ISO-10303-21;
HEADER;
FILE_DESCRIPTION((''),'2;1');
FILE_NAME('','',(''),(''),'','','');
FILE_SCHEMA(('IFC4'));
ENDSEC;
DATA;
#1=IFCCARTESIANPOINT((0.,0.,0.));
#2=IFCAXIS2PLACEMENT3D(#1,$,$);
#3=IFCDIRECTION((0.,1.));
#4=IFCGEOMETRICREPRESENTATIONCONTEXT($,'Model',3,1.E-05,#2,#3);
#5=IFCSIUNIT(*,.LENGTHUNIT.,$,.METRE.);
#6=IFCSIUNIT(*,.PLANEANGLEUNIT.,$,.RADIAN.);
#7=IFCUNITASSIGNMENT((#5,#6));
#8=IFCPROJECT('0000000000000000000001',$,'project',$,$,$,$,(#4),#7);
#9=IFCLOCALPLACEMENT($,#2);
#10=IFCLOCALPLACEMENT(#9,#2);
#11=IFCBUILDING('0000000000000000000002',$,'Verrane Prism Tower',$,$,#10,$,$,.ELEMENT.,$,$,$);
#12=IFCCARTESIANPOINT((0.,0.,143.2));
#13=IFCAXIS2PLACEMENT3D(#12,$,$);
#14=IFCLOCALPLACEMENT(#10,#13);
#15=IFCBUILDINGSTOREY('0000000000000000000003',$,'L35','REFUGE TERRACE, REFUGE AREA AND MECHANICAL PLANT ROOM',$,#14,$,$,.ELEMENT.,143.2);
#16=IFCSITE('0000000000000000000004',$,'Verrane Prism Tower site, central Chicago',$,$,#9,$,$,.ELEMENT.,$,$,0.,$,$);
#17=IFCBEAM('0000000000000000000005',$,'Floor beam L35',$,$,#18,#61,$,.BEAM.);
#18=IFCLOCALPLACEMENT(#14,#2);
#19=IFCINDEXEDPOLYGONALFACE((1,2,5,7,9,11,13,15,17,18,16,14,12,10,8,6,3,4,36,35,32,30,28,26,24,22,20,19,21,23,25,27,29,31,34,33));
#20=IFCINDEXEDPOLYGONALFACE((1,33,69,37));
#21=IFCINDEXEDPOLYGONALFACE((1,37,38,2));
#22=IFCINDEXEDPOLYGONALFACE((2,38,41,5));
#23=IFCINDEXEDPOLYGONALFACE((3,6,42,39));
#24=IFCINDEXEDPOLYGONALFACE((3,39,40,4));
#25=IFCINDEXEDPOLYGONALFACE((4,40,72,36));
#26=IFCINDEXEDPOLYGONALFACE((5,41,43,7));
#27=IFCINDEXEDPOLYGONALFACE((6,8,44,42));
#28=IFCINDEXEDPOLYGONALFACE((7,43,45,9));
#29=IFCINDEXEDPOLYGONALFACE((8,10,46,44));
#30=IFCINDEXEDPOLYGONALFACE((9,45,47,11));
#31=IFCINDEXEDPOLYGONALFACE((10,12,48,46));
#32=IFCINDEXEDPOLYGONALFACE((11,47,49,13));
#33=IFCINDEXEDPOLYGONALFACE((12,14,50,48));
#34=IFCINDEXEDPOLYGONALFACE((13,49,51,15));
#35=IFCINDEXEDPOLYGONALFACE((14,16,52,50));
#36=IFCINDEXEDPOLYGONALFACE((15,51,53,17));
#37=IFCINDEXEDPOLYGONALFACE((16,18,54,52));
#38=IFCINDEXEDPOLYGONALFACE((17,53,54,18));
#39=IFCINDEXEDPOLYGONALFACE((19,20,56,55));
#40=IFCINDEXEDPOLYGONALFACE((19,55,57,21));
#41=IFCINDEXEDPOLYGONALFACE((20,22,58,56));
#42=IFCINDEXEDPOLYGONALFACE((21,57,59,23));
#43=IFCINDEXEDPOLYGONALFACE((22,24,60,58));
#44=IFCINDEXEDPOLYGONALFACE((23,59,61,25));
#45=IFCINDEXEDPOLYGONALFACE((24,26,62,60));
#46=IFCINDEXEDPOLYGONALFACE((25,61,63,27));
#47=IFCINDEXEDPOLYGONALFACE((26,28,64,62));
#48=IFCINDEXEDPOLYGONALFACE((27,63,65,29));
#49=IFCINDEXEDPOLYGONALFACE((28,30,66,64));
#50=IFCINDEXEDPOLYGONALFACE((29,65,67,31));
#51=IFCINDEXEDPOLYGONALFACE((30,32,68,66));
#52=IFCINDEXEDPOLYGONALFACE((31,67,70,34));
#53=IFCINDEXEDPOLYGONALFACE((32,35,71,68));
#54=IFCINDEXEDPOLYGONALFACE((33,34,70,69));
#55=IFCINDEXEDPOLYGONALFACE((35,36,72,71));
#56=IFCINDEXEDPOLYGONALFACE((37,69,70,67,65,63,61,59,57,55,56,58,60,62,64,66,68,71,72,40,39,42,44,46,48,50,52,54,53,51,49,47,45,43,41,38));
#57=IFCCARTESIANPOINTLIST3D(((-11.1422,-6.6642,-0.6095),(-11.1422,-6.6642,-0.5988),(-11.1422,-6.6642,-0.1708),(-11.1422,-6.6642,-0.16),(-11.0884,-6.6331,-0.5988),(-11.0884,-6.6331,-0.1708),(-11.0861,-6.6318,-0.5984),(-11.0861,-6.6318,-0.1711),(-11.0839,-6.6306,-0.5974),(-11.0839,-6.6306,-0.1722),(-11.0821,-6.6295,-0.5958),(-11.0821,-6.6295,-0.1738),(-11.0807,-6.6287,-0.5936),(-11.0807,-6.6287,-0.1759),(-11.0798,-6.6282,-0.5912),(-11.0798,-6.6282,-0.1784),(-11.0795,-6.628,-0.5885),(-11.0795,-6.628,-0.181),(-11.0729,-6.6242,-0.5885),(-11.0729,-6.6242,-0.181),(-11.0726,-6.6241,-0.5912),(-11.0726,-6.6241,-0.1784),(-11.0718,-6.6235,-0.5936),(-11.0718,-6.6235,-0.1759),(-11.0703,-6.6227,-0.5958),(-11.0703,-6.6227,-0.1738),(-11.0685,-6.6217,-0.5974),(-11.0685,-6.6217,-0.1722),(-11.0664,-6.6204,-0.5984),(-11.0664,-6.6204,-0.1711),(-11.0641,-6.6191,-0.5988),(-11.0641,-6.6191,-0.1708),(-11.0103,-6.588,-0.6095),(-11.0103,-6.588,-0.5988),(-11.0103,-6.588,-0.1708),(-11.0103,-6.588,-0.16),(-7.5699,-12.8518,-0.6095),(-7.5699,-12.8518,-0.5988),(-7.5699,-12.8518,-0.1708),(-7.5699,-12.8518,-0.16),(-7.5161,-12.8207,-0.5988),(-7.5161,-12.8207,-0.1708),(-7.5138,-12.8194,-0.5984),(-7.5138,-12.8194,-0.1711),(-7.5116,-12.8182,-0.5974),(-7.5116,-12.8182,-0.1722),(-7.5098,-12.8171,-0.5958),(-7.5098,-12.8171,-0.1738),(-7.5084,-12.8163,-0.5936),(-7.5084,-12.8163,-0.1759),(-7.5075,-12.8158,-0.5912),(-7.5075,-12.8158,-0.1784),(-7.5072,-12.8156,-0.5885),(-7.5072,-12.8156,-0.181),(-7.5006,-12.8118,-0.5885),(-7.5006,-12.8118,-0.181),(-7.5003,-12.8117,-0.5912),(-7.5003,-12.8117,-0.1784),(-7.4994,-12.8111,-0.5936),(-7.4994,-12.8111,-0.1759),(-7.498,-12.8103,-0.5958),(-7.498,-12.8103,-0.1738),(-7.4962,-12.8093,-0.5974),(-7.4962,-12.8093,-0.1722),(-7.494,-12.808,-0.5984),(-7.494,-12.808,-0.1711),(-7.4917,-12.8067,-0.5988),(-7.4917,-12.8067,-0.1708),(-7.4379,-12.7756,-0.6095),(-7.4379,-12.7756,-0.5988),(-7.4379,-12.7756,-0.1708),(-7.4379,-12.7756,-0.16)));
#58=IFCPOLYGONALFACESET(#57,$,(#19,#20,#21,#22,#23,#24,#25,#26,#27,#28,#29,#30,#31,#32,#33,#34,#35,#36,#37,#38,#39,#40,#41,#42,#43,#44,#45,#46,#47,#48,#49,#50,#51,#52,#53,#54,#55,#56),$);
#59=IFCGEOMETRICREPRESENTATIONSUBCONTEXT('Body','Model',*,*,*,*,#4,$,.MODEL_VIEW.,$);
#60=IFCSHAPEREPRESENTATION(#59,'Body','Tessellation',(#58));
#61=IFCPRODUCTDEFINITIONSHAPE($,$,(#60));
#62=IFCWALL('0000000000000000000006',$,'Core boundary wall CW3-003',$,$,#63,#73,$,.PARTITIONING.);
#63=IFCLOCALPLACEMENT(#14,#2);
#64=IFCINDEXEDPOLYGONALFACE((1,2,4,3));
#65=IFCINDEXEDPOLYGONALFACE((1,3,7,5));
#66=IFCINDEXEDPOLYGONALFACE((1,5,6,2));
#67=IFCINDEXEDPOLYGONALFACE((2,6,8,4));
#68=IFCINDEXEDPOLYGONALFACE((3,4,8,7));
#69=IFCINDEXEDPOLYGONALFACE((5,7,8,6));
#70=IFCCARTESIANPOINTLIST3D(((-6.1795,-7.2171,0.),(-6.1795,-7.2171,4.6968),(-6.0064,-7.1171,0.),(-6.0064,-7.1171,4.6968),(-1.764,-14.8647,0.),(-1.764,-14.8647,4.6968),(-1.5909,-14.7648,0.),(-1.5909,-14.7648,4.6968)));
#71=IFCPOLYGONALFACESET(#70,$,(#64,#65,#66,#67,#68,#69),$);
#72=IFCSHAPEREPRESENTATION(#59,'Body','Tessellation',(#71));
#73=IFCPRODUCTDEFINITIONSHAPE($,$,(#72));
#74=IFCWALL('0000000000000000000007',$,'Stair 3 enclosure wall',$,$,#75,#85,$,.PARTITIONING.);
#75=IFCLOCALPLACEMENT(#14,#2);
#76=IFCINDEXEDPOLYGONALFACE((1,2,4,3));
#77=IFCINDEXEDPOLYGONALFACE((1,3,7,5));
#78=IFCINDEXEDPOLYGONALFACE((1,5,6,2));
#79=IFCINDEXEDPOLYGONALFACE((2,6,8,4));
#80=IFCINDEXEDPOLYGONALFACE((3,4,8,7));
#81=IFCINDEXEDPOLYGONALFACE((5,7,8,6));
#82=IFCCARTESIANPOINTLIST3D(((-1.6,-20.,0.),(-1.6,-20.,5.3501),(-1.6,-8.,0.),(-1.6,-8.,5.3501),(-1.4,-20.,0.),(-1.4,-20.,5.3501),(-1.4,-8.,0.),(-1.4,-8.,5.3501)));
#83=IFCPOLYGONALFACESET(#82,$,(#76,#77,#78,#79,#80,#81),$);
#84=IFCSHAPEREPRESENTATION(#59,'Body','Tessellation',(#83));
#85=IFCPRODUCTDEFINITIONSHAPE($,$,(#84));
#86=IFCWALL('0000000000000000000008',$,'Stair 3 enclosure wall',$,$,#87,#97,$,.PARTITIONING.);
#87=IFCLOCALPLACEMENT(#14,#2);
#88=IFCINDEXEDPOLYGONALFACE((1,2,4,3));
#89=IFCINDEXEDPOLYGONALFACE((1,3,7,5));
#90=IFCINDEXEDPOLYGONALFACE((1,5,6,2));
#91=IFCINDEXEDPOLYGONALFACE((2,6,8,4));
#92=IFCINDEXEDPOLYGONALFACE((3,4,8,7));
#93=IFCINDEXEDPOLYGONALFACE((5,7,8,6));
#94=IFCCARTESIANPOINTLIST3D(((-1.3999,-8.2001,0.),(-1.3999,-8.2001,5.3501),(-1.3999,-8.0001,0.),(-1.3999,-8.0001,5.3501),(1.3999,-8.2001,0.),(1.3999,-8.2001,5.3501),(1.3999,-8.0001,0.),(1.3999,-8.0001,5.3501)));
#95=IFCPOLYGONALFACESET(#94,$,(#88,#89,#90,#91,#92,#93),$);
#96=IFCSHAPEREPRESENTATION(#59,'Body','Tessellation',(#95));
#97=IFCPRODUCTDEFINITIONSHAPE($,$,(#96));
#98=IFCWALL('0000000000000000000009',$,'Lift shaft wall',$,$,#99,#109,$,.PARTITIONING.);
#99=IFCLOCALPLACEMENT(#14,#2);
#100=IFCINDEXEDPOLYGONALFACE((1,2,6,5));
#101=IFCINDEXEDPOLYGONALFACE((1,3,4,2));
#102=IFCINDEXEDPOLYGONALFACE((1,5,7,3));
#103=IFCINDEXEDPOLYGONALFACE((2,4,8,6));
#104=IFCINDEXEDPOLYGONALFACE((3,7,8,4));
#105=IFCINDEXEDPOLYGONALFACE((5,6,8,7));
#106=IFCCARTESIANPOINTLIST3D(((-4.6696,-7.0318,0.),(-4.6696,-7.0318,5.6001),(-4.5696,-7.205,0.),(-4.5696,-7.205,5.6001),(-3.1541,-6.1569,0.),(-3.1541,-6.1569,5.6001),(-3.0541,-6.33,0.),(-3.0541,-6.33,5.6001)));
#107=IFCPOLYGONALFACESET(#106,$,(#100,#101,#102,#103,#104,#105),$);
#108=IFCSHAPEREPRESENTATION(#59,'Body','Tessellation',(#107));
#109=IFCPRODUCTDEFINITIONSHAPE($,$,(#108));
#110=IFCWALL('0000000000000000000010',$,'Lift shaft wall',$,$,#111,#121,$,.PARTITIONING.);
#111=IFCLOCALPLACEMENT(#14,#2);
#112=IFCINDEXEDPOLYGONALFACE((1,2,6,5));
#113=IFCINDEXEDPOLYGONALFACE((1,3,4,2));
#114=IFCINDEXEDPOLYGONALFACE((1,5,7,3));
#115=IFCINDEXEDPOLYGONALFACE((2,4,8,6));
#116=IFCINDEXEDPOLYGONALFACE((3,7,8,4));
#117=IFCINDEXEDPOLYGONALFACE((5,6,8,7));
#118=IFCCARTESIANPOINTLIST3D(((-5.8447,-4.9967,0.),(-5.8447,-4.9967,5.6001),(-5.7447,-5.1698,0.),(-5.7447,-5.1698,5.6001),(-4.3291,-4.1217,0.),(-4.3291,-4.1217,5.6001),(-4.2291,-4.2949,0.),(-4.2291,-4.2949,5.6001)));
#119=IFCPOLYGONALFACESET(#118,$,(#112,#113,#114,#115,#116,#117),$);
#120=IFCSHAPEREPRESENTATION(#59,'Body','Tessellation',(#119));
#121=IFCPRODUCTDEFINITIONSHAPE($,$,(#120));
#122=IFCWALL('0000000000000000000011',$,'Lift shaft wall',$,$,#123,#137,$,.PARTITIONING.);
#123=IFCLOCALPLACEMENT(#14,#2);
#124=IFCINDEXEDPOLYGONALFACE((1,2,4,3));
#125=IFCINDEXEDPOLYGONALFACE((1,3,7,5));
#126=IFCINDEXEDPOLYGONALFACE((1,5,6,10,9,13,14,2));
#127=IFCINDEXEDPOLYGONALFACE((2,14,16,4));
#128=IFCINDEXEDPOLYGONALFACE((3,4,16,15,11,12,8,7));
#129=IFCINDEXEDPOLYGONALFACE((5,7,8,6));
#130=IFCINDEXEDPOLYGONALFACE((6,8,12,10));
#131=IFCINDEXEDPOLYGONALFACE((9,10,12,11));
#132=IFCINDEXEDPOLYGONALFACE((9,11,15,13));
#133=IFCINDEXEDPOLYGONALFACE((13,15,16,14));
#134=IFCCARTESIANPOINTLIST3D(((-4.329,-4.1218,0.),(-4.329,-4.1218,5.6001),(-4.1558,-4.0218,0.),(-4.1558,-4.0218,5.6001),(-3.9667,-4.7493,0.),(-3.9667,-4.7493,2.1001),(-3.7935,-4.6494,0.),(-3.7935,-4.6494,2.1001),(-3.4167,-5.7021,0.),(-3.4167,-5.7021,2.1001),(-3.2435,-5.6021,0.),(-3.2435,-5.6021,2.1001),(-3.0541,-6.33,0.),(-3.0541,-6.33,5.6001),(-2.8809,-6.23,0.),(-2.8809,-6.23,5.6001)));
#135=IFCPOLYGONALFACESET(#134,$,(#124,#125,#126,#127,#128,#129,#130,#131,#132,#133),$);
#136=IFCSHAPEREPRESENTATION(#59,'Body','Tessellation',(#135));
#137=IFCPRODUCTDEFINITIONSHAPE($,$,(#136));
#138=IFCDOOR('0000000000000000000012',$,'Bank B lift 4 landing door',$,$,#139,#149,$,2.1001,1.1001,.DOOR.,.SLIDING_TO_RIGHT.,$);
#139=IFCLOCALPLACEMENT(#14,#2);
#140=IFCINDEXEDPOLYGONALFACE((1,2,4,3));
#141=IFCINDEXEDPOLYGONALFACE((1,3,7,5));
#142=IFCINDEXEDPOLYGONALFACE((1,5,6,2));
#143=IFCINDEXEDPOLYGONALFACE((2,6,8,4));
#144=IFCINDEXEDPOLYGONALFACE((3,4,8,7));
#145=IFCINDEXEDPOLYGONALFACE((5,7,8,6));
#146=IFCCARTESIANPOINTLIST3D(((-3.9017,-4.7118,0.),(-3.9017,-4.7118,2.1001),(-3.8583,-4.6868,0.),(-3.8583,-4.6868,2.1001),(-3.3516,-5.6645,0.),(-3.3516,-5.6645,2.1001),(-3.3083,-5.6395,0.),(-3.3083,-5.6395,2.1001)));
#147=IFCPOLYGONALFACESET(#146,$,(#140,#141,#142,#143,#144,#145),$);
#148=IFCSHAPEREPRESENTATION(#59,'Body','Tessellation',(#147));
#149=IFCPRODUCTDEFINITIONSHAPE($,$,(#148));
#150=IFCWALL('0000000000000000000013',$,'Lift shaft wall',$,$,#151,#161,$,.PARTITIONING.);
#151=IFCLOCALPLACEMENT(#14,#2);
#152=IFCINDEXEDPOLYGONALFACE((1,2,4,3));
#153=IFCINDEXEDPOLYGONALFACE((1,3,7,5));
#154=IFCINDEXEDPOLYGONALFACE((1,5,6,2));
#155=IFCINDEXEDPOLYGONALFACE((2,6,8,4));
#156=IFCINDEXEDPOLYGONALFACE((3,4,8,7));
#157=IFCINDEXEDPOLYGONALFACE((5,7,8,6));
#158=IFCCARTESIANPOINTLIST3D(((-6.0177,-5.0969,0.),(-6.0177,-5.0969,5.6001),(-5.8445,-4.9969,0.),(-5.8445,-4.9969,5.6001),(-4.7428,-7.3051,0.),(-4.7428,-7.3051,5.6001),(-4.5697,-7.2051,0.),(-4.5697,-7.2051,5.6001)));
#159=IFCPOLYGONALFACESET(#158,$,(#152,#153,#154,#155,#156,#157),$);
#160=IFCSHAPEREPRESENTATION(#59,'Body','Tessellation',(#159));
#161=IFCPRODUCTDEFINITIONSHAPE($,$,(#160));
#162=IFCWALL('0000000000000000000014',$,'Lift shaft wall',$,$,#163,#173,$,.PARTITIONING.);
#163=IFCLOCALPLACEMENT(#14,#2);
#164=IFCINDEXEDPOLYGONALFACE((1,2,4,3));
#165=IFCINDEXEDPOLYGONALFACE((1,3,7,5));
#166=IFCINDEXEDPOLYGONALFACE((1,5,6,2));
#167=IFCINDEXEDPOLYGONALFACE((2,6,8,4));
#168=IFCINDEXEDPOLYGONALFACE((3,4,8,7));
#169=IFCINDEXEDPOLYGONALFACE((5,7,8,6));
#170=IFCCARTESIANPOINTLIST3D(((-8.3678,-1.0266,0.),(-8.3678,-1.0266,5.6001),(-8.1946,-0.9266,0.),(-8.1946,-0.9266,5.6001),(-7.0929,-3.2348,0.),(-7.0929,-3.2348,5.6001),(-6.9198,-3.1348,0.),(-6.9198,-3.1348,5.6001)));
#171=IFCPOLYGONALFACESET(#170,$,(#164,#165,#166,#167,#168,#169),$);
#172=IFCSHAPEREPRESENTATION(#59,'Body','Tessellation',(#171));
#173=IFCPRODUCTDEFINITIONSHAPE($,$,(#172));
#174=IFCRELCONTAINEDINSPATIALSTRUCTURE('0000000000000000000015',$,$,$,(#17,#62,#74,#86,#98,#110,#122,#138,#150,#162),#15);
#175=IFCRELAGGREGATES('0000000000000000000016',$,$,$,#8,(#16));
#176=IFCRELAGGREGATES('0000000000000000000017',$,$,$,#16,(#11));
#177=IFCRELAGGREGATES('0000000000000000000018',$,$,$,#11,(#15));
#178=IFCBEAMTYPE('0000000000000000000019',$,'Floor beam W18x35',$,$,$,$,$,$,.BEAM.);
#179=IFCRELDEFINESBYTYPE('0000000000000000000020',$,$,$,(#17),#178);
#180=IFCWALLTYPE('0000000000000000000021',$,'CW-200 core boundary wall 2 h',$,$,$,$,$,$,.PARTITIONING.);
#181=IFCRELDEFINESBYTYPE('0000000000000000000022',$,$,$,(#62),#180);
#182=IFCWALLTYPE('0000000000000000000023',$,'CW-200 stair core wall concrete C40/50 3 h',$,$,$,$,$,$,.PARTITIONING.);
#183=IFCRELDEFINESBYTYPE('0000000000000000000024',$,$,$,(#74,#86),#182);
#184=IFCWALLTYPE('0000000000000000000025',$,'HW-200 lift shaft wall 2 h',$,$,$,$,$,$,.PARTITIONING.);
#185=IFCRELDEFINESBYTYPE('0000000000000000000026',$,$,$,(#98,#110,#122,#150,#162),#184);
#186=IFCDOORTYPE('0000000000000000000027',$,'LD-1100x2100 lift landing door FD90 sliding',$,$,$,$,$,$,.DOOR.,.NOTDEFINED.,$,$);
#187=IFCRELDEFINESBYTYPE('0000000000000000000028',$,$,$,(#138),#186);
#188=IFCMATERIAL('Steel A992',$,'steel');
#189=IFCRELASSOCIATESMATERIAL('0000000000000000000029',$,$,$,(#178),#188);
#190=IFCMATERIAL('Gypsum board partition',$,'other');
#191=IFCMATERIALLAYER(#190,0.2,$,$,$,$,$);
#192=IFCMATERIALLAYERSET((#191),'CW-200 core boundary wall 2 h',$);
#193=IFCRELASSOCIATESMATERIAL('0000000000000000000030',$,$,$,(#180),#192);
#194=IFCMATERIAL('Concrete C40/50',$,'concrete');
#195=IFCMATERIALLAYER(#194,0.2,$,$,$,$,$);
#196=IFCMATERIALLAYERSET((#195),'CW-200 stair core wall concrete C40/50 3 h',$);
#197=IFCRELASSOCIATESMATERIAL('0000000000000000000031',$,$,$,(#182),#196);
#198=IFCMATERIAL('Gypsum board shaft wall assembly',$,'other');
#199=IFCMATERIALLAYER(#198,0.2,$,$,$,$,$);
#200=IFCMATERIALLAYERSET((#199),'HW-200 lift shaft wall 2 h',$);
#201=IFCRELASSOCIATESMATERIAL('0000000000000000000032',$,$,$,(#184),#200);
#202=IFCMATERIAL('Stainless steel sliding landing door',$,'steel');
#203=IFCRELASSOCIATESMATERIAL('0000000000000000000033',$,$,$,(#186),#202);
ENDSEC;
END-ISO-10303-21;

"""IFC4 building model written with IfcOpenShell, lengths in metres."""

from ifc_helpers import new_model, si_unit, direction, frame, frame_2d, origin, origin_2d, place, context, subcontext, project, spatial, rectangle, i_section, extrude, material, layer, layer_set, material_profile, profile_set, type_object, element, fill, save


model = new_model("IFC4")

# Units and contexts
model_context = context("Model", 3, precision=1e-05, world=origin(), true_north=direction((0.0, 1.0)))
body_context = subcontext(model_context, "Body", "Model", "MODEL_VIEW")
ifc_project = project(units=[si_unit("LENGTHUNIT", "METRE"), si_unit("PLANEANGLEUNIT", "RADIAN")], contexts=[model_context])

# Site, building, storey
site_placement = place(None, origin())
site = spatial("IfcSite", under=ifc_project, at=site_placement, Name="Verrane Prism Tower site, central Chicago", CompositionType="ELEMENT", RefElevation=0.0)
building_placement = place(site_placement, origin())
building = spatial("IfcBuilding", under=site, at=building_placement, Name="Verrane Prism Tower", CompositionType="ELEMENT")
storey_placement = place(building_placement, frame((0.0, 0.0, 143.2)))
storey = spatial("IfcBuildingStorey", under=building, at=storey_placement, Name="L35", Description="REFUGE TERRACE, REFUGE AREA AND MECHANICAL PLANT ROOM", CompositionType="ELEMENT", Elevation=143.2)

# Beam
ifc_material_1 = material(Name="Steel A992", Category="steel")
ifc_material_profile = material_profile(ifc_material_1, i_section(OverallWidth=0.1523, OverallDepth=0.4495, WebThickness=0.0076, FlangeThickness=0.0107, FilletRadius=0.0103, at=origin_2d()), Name="W18x35")
ifc_profile_set = profile_set([ifc_material_profile], Name="Steel A992")
beam_type = type_object("IfcBeamType", Name="Floor beam W18x35", PredefinedType="BEAM", material=ifc_profile_set)
beam_placement = place(storey_placement, frame((-7.5039, -12.8137, -0.3848), z_axis=(-0.499991, 0.866031, 0.0), x_axis=(-0.866031, -0.499991, 0.0)))
element("IfcBeam", 1, at=beam_placement, inside=storey, type_object=beam_type, Name="Floor beam L35", PredefinedType="BEAM", context=body_context, shape_type="SweptSolid", body=[
    extrude(i_section(OverallWidth=0.1523, OverallDepth=0.4495, WebThickness=0.0076, FlangeThickness=0.0107, FilletRadius=0.0103, at=origin_2d()), origin(), (0.0, 0.0, 1.0), 7.1448),
])

# Walls
ifc_material_2 = material(Name="Gypsum board partition", Category="other")
ifc_layer_1 = layer(ifc_material_2, 0.2)
ifc_layer_set_1 = layer_set([ifc_layer_1], Name="CW-200 core boundary wall 2 h")
wall_type_1 = type_object("IfcWallType", Name="CW-200 core boundary wall 2 h", PredefinedType="PARTITIONING", material=ifc_layer_set_1)
wall_1_placement = place(storey_placement, frame((-6.093, -7.167, 0.0), z_axis=(0.0, 0.0, 1.0), x_axis=(0.50001, -0.866019, 0.0)))
element("IfcWall", 2, at=wall_1_placement, inside=storey, type_object=wall_type_1, Name="Core boundary wall CW3-003", PredefinedType="PARTITIONING", context=body_context, shape_type="SweptSolid", body=[
    extrude(rectangle(XDim=8.8308, YDim=0.2, at=frame_2d((4.4155, 0.0))), origin(), (0.0, 0.0, 1.0), 4.6968),
])
ifc_material_3 = material(Name="Concrete C40/50", Category="concrete")
ifc_layer_2 = layer(ifc_material_3, 0.2)
ifc_layer_set_2 = layer_set([ifc_layer_2], Name="CW-200 stair core wall concrete C40/50 3 h")
wall_type_2 = type_object("IfcWallType", Name="CW-200 stair core wall concrete C40/50 3 h", PredefinedType="PARTITIONING", material=ifc_layer_set_2)
wall_2_placement = place(storey_placement, frame((-1.5, -8.0, 0.0), z_axis=(0.0, 0.0, 1.0), x_axis=(0.0, -1.0, 0.0)))
element("IfcWall", 3, at=wall_2_placement, inside=storey, type_object=wall_type_2, Name="Stair 3 enclosure wall", PredefinedType="PARTITIONING", context=body_context, shape_type="SweptSolid", body=[
    extrude(rectangle(XDim=12.0, YDim=0.2, at=frame_2d((6.0, 0.0))), origin(), (0.0, 0.0, 1.0), 5.3501),
])
wall_3_placement = place(storey_placement, frame((-1.3999, -8.1001, 0.0), z_axis=(0.0, 0.0, 1.0), x_axis=(1.0, 0.0, 0.0)))
element("IfcWall", 4, at=wall_3_placement, inside=storey, type_object=wall_type_2, Name="Stair 3 enclosure wall", PredefinedType="PARTITIONING", context=body_context, shape_type="SweptSolid", body=[
    extrude(rectangle(XDim=2.7998, YDim=0.2, at=frame_2d((1.3999, 0.0))), origin(), (0.0, 0.0, 1.0), 5.3501),
])
ifc_material_4 = material(Name="Gypsum board shaft wall assembly", Category="other")
ifc_layer_3 = layer(ifc_material_4, 0.2)
ifc_layer_set_3 = layer_set([ifc_layer_3], Name="HW-200 lift shaft wall 2 h")
wall_type_3 = type_object("IfcWallType", Name="HW-200 lift shaft wall 2 h", PredefinedType="PARTITIONING", material=ifc_layer_set_3)
for number, where, z_axis, x_axis, name in (
    (5, (-4.6196, -7.1184, 0.0), (0.0, 0.0, 1.0), (0.866037, 0.49998, 0.0), "Lift shaft wall"),
    (6, (-5.7947, -5.0833, 0.0), (0.0, 0.0, 1.0), (0.866037, 0.49998, 0.0), "Lift shaft wall"),
):
    element("IfcWall", number, at=place(storey_placement, frame(where, z_axis=z_axis, x_axis=x_axis)), inside=storey, type_object=wall_type_3, Name=name, PredefinedType="PARTITIONING", context=body_context, shape_type="SweptSolid", body=[
        extrude(rectangle(XDim=1.75, YDim=0.2, at=frame_2d((0.875, 0.0))), origin(), (0.0, 0.0, 1.0), 5.6001),
    ])

# Wall, opening, door
wall_4_placement = place(storey_placement, frame((-2.9675, -6.28, 0.0), z_axis=(0.0, 0.0, 1.0), x_axis=(-0.49999, 0.866031, 0.0)))
wall_4 = element("IfcWall", 7, at=wall_4_placement, inside=storey, type_object=wall_type_3, Name="Lift shaft wall", PredefinedType="PARTITIONING", context=body_context, shape_type="SweptSolid", body=[
    extrude(rectangle(XDim=2.5498, YDim=0.2, at=frame_2d((1.2749, 0.0))), origin(), (0.0, 0.0, 1.0), 5.6001),
])
opening_1_placement = place(wall_4_placement, frame((0.7251, 0.0, 0.0)))
opening_1 = element("IfcOpeningElement", 8, at=opening_1_placement, cuts=wall_4, PredefinedType="OPENING", context=body_context, shape_type="SweptSolid", body=[
    extrude(rectangle(XDim=1.1001, YDim=2.1001, at=frame_2d((0.55, 1.05))), frame((0.0, 0.1099, 0.0), z_axis=(0.0, -1.0, 0.0), x_axis=(1.0, 0.0, 0.0)), (0.0, 0.0, 1.0), 0.22),
])
ifc_material_5 = material(Name="Stainless steel sliding landing door", Category="steel")
door_type_1 = type_object("IfcDoorType", Name="LD-1100x2100 lift landing door FD90 sliding", OperationType="NOTDEFINED", PredefinedType="DOOR", material=ifc_material_5)
door_1_placement = place(opening_1_placement, origin())
door_1 = element("IfcDoor", 9, at=door_1_placement, inside=storey, type_object=door_type_1, Name="Bank B lift 4 landing door", OperationType="SLIDING_TO_RIGHT", OverallHeight=2.1001, OverallWidth=1.1001, PredefinedType="DOOR", context=body_context, shape_type="SweptSolid", body=[
    extrude(rectangle(XDim=1.1001, YDim=2.1001, at=frame_2d((0.55, 1.05))), frame((0.0, 0.0249, 0.0), z_axis=(0.0, -1.0, 0.0), x_axis=(1.0, 0.0, 0.0)), (0.0, 0.0, 1.0), 0.05),
])
fill(opening_1, door_1)

# Walls
for number, where, z_axis, x_axis, name in (
    (10, (-4.6562, -7.2551, 0.0), (0.0, 0.0, 1.0), (-0.49999, 0.866031, 0.0), "Lift shaft wall"),
    (11, (-7.0063, -3.1848, 0.0), (0.0, 0.0, 1.0), (-0.49999, 0.866031, 0.0), "Lift shaft wall"),
):
    element("IfcWall", number, at=place(storey_placement, frame(where, z_axis=z_axis, x_axis=x_axis)), inside=storey, type_object=wall_type_3, Name=name, PredefinedType="PARTITIONING", context=body_context, shape_type="SweptSolid", body=[
        extrude(rectangle(XDim=2.5498, YDim=0.2, at=frame_2d((1.2749, 0.0))), origin(), (0.0, 0.0, 1.0), 5.6001),
    ])

save(model, "model.ifc")
